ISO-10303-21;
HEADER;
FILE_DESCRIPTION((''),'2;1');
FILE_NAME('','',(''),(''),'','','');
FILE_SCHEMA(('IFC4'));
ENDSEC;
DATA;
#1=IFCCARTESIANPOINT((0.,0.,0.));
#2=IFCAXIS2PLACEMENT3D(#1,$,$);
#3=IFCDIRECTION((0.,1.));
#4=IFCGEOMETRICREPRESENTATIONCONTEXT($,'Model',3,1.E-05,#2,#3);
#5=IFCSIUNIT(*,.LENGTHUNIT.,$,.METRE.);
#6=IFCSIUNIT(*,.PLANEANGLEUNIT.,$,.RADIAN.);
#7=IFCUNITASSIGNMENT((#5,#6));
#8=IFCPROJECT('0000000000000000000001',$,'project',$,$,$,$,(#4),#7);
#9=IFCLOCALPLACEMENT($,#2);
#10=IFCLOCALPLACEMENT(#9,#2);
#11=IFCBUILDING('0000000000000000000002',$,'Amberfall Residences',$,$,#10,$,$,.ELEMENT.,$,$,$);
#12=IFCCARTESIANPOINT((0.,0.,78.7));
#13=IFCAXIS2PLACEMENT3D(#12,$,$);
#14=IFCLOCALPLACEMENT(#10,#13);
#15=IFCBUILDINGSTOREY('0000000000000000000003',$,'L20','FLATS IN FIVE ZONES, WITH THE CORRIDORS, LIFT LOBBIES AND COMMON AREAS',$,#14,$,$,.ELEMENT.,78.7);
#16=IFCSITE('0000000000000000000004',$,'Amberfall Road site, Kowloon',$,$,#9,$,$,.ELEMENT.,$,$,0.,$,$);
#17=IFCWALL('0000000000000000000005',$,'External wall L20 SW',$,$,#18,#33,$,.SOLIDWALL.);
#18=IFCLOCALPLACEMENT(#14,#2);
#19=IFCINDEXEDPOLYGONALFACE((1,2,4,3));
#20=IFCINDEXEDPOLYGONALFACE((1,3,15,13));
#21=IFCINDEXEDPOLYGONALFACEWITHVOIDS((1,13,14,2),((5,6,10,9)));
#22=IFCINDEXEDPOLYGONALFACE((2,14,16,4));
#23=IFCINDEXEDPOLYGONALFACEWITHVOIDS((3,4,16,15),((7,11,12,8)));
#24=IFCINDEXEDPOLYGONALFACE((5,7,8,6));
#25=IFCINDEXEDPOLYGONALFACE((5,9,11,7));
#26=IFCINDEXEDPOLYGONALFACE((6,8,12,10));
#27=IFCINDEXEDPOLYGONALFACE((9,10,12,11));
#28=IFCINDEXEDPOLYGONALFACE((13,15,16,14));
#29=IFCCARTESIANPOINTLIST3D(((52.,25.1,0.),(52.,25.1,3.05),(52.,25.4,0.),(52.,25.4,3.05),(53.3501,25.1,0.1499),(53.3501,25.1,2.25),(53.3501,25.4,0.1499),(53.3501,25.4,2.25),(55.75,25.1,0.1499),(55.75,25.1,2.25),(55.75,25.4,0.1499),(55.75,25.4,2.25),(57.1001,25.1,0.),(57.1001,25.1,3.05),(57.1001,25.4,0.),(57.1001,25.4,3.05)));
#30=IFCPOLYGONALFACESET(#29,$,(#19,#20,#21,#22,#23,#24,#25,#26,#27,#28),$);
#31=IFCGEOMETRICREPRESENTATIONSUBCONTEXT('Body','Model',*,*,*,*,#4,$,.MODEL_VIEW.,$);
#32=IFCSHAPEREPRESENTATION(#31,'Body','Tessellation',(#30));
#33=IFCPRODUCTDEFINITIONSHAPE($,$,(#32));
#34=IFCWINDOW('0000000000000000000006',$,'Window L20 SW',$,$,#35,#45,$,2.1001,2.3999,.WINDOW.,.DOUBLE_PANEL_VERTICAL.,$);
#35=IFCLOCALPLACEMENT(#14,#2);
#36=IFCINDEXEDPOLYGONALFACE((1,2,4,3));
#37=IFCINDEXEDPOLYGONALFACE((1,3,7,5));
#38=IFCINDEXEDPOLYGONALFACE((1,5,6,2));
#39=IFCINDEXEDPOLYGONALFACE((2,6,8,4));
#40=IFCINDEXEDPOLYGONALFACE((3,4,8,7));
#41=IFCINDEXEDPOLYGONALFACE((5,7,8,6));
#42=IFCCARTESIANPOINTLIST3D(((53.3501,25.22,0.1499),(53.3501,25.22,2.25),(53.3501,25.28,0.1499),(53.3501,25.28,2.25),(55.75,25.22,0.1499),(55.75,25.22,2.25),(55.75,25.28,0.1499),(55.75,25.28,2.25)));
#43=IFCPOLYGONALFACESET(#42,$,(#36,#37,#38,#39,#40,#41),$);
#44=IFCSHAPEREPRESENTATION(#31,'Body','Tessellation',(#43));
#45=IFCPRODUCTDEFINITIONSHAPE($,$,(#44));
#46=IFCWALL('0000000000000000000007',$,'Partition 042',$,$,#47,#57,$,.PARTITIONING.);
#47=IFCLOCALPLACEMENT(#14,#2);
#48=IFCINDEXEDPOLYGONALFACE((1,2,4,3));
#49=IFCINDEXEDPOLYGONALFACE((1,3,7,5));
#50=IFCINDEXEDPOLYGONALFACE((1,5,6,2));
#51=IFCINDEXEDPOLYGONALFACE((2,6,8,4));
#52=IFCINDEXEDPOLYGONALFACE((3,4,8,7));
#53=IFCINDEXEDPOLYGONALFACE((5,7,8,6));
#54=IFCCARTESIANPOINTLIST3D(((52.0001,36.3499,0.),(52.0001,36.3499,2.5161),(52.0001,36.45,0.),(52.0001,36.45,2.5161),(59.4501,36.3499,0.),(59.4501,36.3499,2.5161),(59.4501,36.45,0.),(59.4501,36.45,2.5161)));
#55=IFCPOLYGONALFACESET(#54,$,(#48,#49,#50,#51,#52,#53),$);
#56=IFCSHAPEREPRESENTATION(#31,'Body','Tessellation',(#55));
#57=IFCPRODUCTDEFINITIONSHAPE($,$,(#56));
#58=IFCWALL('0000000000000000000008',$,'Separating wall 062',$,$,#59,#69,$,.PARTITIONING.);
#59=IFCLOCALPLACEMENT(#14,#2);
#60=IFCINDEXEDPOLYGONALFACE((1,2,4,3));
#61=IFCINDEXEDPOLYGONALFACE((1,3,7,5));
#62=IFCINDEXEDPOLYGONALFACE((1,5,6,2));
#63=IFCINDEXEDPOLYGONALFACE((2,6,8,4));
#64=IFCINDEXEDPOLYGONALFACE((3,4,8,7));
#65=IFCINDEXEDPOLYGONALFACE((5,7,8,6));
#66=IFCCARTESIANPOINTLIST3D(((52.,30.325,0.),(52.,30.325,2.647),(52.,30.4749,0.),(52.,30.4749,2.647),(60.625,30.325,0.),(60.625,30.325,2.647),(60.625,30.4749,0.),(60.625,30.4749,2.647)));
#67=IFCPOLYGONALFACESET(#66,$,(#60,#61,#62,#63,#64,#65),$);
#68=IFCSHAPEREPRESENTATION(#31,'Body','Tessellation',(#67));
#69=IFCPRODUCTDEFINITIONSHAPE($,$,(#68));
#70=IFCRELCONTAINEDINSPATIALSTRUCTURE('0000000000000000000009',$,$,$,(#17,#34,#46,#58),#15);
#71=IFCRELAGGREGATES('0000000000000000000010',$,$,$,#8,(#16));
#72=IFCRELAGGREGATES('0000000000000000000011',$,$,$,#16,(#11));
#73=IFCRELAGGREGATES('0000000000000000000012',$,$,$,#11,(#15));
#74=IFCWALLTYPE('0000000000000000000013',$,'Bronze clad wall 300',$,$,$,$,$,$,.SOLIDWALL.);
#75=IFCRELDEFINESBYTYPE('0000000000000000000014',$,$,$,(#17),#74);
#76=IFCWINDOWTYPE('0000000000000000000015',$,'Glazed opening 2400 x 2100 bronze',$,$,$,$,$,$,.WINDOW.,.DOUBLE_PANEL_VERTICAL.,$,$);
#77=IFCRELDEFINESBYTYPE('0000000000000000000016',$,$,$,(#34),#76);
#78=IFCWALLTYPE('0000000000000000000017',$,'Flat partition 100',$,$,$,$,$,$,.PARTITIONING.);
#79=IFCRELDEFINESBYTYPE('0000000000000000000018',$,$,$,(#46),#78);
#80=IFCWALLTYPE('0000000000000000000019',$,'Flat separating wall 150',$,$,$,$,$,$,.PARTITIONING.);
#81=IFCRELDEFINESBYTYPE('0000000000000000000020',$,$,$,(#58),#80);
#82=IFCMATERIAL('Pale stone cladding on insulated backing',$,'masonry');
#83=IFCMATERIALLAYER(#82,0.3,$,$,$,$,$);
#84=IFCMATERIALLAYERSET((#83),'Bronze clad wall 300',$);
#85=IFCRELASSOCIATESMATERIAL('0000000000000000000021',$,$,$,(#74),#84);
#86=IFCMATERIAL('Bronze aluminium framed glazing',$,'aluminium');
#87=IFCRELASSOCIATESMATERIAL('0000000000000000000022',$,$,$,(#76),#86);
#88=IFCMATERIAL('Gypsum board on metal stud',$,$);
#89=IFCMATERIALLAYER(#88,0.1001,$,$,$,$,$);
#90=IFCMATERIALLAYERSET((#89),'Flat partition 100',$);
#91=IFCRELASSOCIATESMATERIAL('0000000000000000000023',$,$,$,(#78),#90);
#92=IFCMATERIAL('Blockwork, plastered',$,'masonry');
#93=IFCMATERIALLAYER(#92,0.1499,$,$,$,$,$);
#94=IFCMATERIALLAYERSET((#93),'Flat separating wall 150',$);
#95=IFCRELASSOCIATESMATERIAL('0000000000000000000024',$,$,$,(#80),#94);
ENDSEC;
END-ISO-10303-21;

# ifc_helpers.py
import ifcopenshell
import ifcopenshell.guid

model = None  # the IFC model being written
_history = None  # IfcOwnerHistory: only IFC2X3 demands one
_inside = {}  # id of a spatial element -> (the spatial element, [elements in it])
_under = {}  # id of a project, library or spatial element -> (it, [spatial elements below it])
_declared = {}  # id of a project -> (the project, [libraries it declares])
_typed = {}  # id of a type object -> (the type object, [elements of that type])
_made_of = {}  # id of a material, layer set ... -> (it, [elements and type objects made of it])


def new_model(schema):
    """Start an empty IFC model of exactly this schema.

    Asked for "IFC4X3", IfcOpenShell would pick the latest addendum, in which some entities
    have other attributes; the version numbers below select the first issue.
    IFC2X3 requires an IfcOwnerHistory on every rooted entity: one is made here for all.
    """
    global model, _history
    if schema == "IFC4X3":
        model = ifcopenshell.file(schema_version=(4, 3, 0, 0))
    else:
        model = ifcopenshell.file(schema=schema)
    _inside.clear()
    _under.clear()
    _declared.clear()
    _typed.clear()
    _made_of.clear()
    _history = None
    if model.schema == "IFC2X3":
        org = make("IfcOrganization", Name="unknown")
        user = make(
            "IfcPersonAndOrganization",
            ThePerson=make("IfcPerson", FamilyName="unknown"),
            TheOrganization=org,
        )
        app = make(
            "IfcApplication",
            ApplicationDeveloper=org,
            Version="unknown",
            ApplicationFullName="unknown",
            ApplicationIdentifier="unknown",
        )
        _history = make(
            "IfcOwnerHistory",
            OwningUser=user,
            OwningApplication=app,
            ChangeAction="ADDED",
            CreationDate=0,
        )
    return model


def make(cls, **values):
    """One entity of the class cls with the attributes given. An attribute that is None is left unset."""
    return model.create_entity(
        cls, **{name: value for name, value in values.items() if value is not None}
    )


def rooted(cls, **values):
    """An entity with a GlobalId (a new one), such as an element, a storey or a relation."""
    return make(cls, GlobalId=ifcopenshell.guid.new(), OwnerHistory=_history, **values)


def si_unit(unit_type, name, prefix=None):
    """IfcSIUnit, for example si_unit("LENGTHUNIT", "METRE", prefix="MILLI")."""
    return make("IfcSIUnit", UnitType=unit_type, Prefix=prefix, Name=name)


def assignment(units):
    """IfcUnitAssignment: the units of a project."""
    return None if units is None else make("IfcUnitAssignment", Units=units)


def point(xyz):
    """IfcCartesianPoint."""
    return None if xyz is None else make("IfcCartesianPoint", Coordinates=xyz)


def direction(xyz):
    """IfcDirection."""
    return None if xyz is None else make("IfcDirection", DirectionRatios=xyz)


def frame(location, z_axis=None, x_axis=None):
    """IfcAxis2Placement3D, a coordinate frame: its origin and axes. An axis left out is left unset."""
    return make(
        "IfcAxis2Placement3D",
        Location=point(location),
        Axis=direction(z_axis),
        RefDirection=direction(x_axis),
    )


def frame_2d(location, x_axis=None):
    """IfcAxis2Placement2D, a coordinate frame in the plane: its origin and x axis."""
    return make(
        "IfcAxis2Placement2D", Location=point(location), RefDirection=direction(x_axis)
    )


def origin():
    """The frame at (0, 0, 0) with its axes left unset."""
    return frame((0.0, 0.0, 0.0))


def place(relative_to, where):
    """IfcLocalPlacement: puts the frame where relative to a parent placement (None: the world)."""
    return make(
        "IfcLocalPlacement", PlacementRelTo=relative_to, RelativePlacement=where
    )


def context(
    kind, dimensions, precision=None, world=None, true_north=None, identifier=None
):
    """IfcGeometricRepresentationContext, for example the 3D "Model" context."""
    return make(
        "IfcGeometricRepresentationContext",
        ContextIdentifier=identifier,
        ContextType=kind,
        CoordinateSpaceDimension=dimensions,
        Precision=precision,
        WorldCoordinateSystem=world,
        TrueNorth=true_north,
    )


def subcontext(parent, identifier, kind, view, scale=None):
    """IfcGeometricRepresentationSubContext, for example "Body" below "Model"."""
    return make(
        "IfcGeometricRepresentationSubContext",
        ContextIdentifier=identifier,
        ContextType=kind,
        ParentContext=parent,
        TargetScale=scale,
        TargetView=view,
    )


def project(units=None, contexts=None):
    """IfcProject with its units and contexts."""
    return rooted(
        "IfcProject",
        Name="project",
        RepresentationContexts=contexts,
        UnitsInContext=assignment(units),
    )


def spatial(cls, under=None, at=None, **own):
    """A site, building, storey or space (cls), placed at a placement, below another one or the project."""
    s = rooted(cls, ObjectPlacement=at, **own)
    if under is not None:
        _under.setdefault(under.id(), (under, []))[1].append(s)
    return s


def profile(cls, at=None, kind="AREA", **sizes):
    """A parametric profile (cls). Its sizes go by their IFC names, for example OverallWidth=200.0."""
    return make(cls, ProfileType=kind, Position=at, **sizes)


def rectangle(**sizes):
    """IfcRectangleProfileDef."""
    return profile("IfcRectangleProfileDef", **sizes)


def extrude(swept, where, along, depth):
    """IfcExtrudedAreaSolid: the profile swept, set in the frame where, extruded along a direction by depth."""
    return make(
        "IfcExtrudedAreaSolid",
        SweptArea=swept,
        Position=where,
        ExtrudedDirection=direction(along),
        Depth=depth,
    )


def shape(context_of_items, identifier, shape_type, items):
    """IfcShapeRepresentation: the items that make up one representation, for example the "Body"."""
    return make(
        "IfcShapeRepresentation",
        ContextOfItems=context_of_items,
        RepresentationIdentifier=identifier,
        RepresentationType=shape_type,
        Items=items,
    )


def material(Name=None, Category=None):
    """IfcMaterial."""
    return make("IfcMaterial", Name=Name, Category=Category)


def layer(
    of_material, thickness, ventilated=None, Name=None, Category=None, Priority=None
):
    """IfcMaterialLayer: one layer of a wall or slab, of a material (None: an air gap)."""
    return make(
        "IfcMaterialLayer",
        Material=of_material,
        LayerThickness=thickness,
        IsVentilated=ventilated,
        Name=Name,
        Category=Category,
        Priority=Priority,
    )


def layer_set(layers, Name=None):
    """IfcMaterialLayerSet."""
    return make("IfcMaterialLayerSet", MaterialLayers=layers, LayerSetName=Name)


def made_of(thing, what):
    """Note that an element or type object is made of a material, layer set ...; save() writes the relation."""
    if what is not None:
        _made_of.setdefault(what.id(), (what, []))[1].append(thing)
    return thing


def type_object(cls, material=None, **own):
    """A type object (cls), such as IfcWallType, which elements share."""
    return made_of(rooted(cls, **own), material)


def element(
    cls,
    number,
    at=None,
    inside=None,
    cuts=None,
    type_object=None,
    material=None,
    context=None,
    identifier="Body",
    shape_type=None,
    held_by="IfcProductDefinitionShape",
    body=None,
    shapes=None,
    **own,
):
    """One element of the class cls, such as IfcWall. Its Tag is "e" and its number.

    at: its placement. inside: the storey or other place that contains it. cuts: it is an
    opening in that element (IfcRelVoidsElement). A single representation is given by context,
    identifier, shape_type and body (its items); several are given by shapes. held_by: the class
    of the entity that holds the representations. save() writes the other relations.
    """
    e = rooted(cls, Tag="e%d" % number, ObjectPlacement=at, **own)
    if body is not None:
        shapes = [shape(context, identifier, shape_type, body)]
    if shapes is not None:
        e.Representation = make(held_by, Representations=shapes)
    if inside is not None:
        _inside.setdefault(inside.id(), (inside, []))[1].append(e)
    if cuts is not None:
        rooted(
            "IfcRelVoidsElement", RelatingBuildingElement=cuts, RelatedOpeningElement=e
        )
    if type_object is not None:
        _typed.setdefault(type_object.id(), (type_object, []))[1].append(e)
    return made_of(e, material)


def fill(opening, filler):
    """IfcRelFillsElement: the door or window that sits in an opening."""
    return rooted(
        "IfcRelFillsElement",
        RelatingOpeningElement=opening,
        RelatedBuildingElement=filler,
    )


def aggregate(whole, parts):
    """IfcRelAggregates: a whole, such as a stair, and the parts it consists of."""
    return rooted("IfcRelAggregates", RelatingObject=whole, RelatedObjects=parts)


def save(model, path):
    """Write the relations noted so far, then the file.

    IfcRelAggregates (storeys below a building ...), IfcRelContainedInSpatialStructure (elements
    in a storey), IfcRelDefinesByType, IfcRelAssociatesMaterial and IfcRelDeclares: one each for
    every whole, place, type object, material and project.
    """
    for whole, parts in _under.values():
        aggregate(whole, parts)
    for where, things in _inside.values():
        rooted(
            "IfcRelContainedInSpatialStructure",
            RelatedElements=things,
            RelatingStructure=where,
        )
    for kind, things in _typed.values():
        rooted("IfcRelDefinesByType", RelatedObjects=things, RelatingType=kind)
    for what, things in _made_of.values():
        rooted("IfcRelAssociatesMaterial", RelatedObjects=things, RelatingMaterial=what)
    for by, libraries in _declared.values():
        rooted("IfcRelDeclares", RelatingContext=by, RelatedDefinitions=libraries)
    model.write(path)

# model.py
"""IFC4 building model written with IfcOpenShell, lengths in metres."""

from ifc_helpers import new_model, si_unit, direction, frame, frame_2d, origin, place, context, subcontext, project, spatial, rectangle, extrude, material, layer, layer_set, type_object, element, fill, save


model = new_model("IFC4")

# Units and contexts
model_context = context("Model", 3, precision=1e-05, world=origin(), true_north=direction((0.0, 1.0)))
body_context = subcontext(model_context, "Body", "Model", "MODEL_VIEW")
ifc_project = project(units=[si_unit("LENGTHUNIT", "METRE"), si_unit("PLANEANGLEUNIT", "RADIAN")], contexts=[model_context])

# Site, building, storey
site_placement = place(None, origin())
site = spatial("IfcSite", under=ifc_project, at=site_placement, Name="Amberfall Road site, Kowloon", CompositionType="ELEMENT", RefElevation=0.0)
building_placement = place(site_placement, origin())
building = spatial("IfcBuilding", under=site, at=building_placement, Name="Amberfall Residences", CompositionType="ELEMENT")
storey_placement = place(building_placement, frame((0.0, 0.0, 78.7)))
storey = spatial("IfcBuildingStorey", under=building, at=storey_placement, Name="L20", Description="FLATS IN FIVE ZONES, WITH THE CORRIDORS, LIFT LOBBIES AND COMMON AREAS", CompositionType="ELEMENT", Elevation=78.7)

# Wall, opening, window
ifc_material_1 = material(Name="Pale stone cladding on insulated backing", Category="masonry")
ifc_layer_1 = layer(ifc_material_1, 0.3)
ifc_layer_set_1 = layer_set([ifc_layer_1], Name="Bronze clad wall 300")
wall_type_1 = type_object("IfcWallType", Name="Bronze clad wall 300", PredefinedType="SOLIDWALL", material=ifc_layer_set_1)
wall_1_placement = place(storey_placement, frame((52.0, 25.25, 0.0), z_axis=(0.0, 0.0, 1.0), x_axis=(1.0, 0.0, 0.0)))
wall_1 = element("IfcWall", 1, at=wall_1_placement, inside=storey, type_object=wall_type_1, Name="External wall L20 SW", PredefinedType="SOLIDWALL", context=body_context, shape_type="SweptSolid", body=[
    extrude(rectangle(XDim=5.1001, YDim=0.3, at=frame_2d((2.55, 0.0))), origin(), (0.0, 0.0, 1.0), 3.05),
])
opening_placement = place(wall_1_placement, frame((1.3501, 0.0, 0.1499)))
opening = element("IfcOpeningElement", 2, at=opening_placement, cuts=wall_1, PredefinedType="OPENING", context=body_context, shape_type="SweptSolid", body=[
    extrude(rectangle(XDim=2.3999, YDim=2.1001, at=frame_2d((1.2, 1.05))), frame((0.0, 0.1599, 0.0), z_axis=(0.0, -1.0, 0.0), x_axis=(1.0, 0.0, 0.0)), (0.0, 0.0, 1.0), 0.3201),
])
ifc_material_2 = material(Name="Bronze aluminium framed glazing", Category="aluminium")
window_type = type_object("IfcWindowType", Name="Glazed opening 2400 x 2100 bronze", PartitioningType="DOUBLE_PANEL_VERTICAL", PredefinedType="WINDOW", material=ifc_material_2)
window_placement = place(opening_placement, origin())
window = element("IfcWindow", 3, at=window_placement, inside=storey, type_object=window_type, Name="Window L20 SW", OverallHeight=2.1001, OverallWidth=2.3999, PartitioningType="DOUBLE_PANEL_VERTICAL", PredefinedType="WINDOW", context=body_context, shape_type="SweptSolid", body=[
    extrude(rectangle(XDim=2.3999, YDim=2.1001, at=frame_2d((1.2, 1.05))), frame((0.0, 0.03, 0.0), z_axis=(0.0, -1.0, 0.0), x_axis=(1.0, 0.0, 0.0)), (0.0, 0.0, 1.0), 0.0601),
])
fill(opening, window)

# Walls
ifc_material_3 = material(Name="Gypsum board on metal stud")
ifc_layer_2 = layer(ifc_material_3, 0.1001)
ifc_layer_set_2 = layer_set([ifc_layer_2], Name="Flat partition 100")
wall_type_2 = type_object("IfcWallType", Name="Flat partition 100", PredefinedType="PARTITIONING", material=ifc_layer_set_2)
wall_2_placement = place(storey_placement, frame((52.0, 36.3999, 0.0), z_axis=(0.0, 0.0, 1.0), x_axis=(1.0, 0.0, 0.0)))
element("IfcWall", 4, at=wall_2_placement, inside=storey, type_object=wall_type_2, Name="Partition 042", PredefinedType="PARTITIONING", context=body_context, shape_type="SweptSolid", body=[
    extrude(rectangle(XDim=7.45, YDim=0.1001, at=frame_2d((3.7251, 0.0))), origin(), (0.0, 0.0, 1.0), 2.5161),
])
ifc_material_4 = material(Name="Blockwork, plastered", Category="masonry")
ifc_layer_3 = layer(ifc_material_4, 0.1499)
ifc_layer_set_3 = layer_set([ifc_layer_3], Name="Flat separating wall 150")
wall_type_3 = type_object("IfcWallType", Name="Flat separating wall 150", PredefinedType="PARTITIONING", material=ifc_layer_set_3)
wall_3_placement = place(storey_placement, frame((52.0, 30.3999, 0.0), z_axis=(0.0, 0.0, 1.0), x_axis=(1.0, 0.0, 0.0)))
element("IfcWall", 5, at=wall_3_placement, inside=storey, type_object=wall_type_3, Name="Separating wall 062", PredefinedType="PARTITIONING", context=body_context, shape_type="SweptSolid", body=[
    extrude(rectangle(XDim=8.625, YDim=0.1499, at=frame_2d((4.3125, 0.0))), origin(), (0.0, 0.0, 1.0), 2.647),
])

save(model, "model.ifc")
